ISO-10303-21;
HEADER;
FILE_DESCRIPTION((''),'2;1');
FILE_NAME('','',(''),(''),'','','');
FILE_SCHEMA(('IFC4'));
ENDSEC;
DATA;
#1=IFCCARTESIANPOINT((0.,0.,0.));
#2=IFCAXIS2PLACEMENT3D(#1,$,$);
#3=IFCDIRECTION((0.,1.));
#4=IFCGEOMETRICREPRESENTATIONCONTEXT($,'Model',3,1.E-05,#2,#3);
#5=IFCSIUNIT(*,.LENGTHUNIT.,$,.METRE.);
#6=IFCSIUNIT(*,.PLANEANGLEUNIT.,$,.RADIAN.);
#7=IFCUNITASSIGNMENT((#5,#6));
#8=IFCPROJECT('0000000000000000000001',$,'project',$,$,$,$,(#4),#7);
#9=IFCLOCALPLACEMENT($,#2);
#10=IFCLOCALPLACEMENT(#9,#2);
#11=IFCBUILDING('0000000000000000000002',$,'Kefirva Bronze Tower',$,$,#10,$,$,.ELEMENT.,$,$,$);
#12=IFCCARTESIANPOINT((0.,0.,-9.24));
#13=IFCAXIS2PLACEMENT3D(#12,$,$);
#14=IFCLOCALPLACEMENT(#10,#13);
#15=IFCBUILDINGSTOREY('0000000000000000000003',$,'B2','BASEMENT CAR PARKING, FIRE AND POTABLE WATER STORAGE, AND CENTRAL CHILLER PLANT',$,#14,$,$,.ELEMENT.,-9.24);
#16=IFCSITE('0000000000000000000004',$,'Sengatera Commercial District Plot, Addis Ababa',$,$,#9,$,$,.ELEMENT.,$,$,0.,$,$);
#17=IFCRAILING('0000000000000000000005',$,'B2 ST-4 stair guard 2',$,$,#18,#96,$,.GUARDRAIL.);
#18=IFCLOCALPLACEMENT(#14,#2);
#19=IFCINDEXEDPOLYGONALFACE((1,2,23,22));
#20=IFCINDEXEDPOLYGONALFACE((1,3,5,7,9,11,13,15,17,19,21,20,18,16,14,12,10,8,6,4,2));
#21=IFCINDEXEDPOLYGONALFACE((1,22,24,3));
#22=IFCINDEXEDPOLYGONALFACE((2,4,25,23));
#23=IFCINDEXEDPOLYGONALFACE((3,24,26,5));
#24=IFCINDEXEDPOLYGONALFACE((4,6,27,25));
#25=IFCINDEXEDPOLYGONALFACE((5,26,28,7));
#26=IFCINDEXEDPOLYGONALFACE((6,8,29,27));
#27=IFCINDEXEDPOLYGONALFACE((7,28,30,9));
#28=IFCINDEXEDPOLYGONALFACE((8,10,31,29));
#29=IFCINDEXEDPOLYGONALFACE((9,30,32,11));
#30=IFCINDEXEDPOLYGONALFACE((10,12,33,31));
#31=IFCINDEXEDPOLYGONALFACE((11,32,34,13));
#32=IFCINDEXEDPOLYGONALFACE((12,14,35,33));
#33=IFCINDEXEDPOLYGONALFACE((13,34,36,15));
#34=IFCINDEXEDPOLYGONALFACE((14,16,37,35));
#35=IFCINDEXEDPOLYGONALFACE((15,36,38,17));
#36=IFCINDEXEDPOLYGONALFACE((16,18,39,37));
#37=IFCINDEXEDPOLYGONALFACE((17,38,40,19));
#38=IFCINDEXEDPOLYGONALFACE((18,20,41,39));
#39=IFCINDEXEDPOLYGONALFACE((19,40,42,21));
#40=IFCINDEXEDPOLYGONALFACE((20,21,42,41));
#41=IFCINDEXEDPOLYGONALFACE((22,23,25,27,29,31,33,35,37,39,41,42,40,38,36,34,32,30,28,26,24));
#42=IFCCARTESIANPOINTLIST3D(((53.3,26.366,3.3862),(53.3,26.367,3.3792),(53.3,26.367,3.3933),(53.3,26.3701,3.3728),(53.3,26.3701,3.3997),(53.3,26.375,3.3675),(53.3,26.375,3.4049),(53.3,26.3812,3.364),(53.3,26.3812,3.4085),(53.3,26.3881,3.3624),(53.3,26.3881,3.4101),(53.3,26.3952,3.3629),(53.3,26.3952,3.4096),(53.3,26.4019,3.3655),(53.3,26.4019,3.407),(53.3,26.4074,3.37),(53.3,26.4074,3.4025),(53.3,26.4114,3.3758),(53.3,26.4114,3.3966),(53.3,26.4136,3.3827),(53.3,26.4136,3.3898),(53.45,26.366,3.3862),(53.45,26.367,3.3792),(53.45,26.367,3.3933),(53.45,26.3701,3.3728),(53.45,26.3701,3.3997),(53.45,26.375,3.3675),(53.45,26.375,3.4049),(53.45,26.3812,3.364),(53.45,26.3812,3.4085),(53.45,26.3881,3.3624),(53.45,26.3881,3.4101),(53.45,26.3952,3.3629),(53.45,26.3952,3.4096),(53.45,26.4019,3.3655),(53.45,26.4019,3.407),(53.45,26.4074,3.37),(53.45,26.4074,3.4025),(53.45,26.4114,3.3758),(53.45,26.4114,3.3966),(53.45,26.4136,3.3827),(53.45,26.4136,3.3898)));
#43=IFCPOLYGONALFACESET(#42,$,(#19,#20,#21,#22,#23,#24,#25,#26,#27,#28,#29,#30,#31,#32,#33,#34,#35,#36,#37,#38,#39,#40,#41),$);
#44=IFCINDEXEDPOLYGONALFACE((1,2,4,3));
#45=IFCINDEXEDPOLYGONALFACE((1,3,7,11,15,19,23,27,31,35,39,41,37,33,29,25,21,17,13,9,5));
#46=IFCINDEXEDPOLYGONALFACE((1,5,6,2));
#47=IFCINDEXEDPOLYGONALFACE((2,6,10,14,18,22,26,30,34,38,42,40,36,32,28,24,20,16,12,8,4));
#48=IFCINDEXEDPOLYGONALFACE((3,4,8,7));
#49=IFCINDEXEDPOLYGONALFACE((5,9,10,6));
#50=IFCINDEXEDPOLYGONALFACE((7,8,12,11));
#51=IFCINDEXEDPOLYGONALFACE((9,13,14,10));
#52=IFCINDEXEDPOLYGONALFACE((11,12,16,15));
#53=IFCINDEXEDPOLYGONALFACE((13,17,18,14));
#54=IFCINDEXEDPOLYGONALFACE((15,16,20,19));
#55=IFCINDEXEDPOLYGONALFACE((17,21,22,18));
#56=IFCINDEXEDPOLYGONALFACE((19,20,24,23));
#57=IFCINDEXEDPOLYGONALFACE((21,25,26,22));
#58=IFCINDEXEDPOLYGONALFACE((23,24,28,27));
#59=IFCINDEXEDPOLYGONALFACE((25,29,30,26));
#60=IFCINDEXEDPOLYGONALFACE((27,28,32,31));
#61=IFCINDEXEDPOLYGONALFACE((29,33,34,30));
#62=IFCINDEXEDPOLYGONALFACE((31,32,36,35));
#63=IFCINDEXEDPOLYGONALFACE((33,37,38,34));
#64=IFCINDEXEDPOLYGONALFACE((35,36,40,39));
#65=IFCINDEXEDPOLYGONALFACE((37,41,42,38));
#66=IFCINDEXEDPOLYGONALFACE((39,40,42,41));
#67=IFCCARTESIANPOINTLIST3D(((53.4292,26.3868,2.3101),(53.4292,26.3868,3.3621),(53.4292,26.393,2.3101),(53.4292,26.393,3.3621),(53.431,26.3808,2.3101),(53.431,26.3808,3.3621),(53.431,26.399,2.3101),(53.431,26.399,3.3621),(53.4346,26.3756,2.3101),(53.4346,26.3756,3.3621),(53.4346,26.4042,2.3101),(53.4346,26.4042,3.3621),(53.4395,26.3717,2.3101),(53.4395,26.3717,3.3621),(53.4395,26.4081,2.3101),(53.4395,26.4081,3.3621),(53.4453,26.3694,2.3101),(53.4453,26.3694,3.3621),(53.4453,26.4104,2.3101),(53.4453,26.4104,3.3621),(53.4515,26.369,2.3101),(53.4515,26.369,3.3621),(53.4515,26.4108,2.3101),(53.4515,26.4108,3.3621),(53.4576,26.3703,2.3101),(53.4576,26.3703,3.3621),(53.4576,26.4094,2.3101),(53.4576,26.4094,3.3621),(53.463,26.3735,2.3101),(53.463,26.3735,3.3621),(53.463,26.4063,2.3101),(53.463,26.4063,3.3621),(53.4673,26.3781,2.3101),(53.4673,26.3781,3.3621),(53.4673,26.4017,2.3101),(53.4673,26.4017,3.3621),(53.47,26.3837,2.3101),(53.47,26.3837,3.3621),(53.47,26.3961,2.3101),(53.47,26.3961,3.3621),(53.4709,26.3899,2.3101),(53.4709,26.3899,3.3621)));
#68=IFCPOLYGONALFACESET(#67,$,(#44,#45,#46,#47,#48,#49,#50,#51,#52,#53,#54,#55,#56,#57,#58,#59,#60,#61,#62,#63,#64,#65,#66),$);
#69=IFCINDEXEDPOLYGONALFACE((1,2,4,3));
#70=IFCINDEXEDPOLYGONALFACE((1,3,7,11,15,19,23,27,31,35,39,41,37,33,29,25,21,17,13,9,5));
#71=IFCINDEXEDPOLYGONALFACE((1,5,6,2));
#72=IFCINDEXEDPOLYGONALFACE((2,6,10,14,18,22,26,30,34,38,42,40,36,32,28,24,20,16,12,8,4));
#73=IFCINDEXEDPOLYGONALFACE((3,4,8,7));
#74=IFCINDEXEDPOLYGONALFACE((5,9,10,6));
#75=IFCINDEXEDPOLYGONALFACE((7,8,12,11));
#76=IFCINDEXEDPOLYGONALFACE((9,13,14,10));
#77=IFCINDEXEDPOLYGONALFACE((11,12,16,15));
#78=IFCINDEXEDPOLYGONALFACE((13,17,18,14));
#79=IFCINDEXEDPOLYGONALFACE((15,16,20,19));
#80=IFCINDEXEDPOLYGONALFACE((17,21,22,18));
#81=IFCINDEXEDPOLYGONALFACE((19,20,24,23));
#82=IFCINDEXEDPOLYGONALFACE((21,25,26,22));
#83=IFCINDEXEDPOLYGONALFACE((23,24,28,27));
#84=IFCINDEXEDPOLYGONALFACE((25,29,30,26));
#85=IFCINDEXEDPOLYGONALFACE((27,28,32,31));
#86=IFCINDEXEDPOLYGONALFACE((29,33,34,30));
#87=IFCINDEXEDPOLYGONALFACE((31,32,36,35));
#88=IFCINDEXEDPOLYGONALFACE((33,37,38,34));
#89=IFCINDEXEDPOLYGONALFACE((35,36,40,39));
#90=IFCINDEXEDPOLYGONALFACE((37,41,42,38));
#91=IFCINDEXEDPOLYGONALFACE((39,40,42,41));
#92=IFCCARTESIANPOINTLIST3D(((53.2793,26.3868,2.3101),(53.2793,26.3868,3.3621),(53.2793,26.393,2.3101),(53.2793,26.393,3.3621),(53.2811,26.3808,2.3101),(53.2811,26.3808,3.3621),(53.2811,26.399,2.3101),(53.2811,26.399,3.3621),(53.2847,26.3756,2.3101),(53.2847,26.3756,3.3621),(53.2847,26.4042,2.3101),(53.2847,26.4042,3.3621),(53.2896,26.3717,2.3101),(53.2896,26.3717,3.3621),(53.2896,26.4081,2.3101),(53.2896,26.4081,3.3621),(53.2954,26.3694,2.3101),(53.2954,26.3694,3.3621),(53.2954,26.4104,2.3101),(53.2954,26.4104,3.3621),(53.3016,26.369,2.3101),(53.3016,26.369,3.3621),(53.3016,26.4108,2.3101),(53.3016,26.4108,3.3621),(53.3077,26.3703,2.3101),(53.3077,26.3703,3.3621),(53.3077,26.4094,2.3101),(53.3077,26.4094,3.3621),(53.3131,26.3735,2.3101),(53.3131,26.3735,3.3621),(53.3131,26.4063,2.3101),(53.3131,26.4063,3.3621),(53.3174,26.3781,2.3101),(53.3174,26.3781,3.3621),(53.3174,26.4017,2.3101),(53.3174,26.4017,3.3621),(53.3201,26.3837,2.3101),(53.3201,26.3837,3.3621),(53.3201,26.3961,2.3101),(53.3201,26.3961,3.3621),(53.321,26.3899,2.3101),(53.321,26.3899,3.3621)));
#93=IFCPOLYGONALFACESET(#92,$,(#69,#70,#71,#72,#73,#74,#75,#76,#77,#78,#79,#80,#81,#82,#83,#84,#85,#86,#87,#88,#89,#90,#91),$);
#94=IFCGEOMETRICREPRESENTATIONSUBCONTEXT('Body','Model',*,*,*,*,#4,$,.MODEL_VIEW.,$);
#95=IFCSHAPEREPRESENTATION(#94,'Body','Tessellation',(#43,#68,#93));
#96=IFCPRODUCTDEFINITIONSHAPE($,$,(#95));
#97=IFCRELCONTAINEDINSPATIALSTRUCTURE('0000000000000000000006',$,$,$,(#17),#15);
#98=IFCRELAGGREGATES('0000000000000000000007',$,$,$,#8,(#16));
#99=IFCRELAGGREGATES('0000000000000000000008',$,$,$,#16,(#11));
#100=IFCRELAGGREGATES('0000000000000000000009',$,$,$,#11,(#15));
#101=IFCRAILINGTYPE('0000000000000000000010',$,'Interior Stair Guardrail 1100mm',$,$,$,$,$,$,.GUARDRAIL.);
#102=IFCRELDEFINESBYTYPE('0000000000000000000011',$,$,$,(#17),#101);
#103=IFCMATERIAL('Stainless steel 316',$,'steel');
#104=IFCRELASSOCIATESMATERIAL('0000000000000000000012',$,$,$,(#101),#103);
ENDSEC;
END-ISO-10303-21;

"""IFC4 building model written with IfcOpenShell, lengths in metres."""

from ifc_helpers import new_model, si_unit, direction, frame, origin, origin_2d, place, context, subcontext, project, spatial, circle, extrude, material, type_object, element, save


model = new_model("IFC4")

# Units and contexts
model_context = context("Model", 3, precision=1e-05, world=origin(), true_north=direction((0.0, 1.0)))
body_context = subcontext(model_context, "Body", "Model", "MODEL_VIEW")
ifc_project = project(units=[si_unit("LENGTHUNIT", "METRE"), si_unit("PLANEANGLEUNIT", "RADIAN")], contexts=[model_context])

# Site, building, storey
site_placement = place(None, origin())
site = spatial("IfcSite", under=ifc_project, at=site_placement, Name="Sengatera Commercial District Plot, Addis Ababa", CompositionType="ELEMENT", RefElevation=0.0)
building_placement = place(site_placement, origin())
building = spatial("IfcBuilding", under=site, at=building_placement, Name="Kefirva Bronze Tower", CompositionType="ELEMENT")
storey_placement = place(building_placement, frame((0.0, 0.0, -9.24)))
storey = spatial("IfcBuildingStorey", under=building, at=storey_placement, Name="B2", Description="BASEMENT CAR PARKING, FIRE AND POTABLE WATER STORAGE, AND CENTRAL CHILLER PLANT", CompositionType="ELEMENT", Elevation=-9.24)

# Railing
ifc_material_1 = material(Name="Stainless steel 316", Category="steel")
railing_type_1 = type_object("IfcRailingType", Name="Interior Stair Guardrail 1100mm", PredefinedType="GUARDRAIL", material=ifc_material_1)
railing_1_placement = place(storey_placement, frame((53.45, 26.3899, 2.3101)))
element("IfcRailing", 1, at=railing_1_placement, inside=storey, type_object=railing_type_1, Name="B2 ST-4 stair guard 2", PredefinedType="GUARDRAIL", context=body_context, shape_type="SweptSolid", body=[
    extrude(circle(Radius=0.0239, at=origin_2d()), frame((0.0, 0.0, 1.0762), z_axis=(-1.0, 0.0, 0.0), x_axis=(0.0, -1.0, 0.0)), (0.0, 0.0, 1.0), 0.1499),
    extrude(circle(Radius=0.021, at=origin_2d()), origin(), (0.0, 0.0, 1.0), 1.052),
    extrude(circle(Radius=0.021, at=origin_2d()), frame((-0.1499, 0.0, 0.0)), (0.0, 0.0, 1.0), 1.052),
])

save(model, "model.ifc")
